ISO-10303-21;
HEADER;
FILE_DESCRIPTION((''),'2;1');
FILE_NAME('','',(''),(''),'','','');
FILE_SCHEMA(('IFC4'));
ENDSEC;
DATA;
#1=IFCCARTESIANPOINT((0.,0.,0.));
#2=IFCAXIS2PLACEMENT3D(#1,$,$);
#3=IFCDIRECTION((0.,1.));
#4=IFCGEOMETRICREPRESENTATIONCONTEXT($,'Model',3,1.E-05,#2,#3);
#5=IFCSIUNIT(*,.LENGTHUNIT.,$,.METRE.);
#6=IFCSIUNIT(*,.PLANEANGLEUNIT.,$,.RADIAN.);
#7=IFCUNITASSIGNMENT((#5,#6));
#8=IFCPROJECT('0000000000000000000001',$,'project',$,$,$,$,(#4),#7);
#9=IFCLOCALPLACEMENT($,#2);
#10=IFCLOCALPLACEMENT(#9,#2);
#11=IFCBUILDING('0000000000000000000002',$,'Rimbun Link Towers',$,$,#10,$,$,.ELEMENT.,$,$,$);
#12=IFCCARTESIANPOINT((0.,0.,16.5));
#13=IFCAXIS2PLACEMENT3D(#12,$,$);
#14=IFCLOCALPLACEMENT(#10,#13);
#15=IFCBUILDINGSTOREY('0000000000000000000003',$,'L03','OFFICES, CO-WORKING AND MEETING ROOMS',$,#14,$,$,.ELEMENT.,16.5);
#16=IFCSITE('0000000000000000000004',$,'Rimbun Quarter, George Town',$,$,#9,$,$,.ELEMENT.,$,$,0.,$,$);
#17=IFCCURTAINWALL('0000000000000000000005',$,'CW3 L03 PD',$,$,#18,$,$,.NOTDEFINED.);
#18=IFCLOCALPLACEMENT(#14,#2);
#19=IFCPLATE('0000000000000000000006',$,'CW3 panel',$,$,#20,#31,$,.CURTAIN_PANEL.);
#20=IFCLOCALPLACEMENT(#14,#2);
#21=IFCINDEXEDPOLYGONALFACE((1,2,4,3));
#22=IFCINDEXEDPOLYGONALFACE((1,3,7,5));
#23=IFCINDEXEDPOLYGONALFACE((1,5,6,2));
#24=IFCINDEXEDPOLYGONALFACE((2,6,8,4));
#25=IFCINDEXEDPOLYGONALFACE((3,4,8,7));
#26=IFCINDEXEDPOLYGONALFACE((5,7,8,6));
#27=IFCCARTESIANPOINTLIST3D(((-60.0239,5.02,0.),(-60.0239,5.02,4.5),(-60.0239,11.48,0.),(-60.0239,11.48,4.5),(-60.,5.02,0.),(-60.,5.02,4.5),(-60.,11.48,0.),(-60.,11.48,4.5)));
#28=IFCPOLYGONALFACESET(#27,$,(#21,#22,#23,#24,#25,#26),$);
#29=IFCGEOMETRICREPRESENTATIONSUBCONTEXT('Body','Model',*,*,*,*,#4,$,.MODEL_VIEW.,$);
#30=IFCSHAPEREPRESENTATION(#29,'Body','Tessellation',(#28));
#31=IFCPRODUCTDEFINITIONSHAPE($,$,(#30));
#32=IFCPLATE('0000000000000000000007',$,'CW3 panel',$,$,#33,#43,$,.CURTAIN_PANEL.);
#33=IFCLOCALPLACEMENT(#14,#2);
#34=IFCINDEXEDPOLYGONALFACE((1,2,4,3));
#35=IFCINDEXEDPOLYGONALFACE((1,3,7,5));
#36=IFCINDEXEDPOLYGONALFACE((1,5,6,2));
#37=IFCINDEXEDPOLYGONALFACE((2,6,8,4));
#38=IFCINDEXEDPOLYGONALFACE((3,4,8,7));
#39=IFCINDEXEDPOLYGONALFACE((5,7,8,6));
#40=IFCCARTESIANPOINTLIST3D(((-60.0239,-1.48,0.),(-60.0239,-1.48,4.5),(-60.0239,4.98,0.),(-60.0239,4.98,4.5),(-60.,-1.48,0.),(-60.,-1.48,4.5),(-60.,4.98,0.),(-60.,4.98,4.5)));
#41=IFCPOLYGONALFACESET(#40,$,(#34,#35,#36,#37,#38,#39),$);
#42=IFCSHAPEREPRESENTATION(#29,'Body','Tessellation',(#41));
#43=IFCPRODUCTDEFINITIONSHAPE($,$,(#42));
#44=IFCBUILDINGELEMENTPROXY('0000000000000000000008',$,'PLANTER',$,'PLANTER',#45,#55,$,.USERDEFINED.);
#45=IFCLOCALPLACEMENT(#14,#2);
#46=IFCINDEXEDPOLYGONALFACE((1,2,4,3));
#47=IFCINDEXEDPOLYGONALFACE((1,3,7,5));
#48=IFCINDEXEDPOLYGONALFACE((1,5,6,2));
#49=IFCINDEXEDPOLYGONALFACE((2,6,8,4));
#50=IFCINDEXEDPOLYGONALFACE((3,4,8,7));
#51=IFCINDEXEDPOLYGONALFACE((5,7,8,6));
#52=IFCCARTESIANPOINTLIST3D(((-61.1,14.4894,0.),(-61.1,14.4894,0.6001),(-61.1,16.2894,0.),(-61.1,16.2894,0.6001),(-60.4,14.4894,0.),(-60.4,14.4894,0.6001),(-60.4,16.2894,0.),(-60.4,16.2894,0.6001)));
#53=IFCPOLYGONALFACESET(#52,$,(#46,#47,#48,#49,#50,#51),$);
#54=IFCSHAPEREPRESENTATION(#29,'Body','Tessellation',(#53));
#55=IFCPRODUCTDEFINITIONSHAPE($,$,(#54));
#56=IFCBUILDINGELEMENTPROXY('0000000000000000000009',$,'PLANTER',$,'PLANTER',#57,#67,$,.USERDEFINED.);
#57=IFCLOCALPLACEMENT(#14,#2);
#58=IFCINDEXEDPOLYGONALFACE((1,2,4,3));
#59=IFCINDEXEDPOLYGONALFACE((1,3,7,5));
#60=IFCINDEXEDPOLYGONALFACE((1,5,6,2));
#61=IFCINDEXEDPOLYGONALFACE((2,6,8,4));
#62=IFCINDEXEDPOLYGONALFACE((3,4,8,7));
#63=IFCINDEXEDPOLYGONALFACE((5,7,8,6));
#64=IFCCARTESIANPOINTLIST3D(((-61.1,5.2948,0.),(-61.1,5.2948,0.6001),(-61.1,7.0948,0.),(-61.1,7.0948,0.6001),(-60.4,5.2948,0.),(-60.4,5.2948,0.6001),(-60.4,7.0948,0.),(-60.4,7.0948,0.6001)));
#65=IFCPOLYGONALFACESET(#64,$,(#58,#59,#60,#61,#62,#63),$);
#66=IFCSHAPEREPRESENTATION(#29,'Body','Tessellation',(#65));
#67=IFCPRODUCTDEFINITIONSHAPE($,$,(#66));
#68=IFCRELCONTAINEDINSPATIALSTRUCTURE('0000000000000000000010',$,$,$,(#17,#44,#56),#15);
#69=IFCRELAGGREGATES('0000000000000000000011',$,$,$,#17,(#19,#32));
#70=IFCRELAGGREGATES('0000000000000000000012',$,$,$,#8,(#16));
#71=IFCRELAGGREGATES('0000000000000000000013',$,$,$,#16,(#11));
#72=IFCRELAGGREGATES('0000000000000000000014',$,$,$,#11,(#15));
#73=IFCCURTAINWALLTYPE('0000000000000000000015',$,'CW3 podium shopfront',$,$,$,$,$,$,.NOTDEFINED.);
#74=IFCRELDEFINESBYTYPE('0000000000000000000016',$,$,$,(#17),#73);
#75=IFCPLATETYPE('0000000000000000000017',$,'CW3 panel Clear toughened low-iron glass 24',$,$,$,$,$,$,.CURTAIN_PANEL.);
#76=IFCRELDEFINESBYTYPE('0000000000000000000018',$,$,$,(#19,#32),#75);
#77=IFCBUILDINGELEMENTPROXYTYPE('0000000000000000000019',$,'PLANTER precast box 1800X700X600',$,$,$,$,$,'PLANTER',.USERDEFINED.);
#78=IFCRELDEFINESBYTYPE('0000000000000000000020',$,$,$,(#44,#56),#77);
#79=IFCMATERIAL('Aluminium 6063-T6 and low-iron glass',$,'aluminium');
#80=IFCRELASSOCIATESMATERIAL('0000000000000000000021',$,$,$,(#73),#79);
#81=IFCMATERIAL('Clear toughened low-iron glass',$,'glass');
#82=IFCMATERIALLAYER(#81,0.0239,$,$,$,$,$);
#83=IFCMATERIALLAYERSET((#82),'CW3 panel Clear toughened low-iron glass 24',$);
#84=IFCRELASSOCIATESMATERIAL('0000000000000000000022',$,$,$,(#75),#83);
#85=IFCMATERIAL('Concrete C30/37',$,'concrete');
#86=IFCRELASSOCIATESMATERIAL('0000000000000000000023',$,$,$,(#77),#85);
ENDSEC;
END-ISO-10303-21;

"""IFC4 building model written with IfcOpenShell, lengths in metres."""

from ifc_helpers import new_model, si_unit, direction, frame, origin, origin_2d, place, context, subcontext, project, spatial, rectangle, extrude, material, layer, layer_set, type_object, element, aggregate, save


model = new_model("IFC4")

# Units and contexts
model_context = context("Model", 3, precision=1e-05, world=origin(), true_north=direction((0.0, 1.0)))
body_context = subcontext(model_context, "Body", "Model", "MODEL_VIEW")
ifc_project = project(units=[si_unit("LENGTHUNIT", "METRE"), si_unit("PLANEANGLEUNIT", "RADIAN")], contexts=[model_context])

# Site, building, storey
site_placement = place(None, origin())
site = spatial("IfcSite", under=ifc_project, at=site_placement, Name="Rimbun Quarter, George Town", CompositionType="ELEMENT", RefElevation=0.0)
building_placement = place(site_placement, origin())
building = spatial("IfcBuilding", under=site, at=building_placement, Name="Rimbun Link Towers", CompositionType="ELEMENT")
storey_placement = place(building_placement, frame((0.0, 0.0, 16.5)))
storey = spatial("IfcBuildingStorey", under=building, at=storey_placement, Name="L03", Description="OFFICES, CO-WORKING AND MEETING ROOMS", CompositionType="ELEMENT", Elevation=16.5)

# Curtain wall
ifc_material_1 = material(Name="Aluminium 6063-T6 and low-iron glass", Category="aluminium")
curtain_wall_type = type_object("IfcCurtainWallType", Name="CW3 podium shopfront", PredefinedType="NOTDEFINED", material=ifc_material_1)
curtain_wall_placement = place(storey_placement, origin())
curtain_wall = element("IfcCurtainWall", 1, at=curtain_wall_placement, inside=storey, type_object=curtain_wall_type, Name="CW3 L03 PD", PredefinedType="NOTDEFINED")

# Plates
ifc_material_2 = material(Name="Clear toughened low-iron glass", Category="glass")
ifc_layer = layer(ifc_material_2, 0.0239)
ifc_layer_set = layer_set([ifc_layer], Name="CW3 panel Clear toughened low-iron glass 24")
plate_type = type_object("IfcPlateType", Name="CW3 panel Clear toughened low-iron glass 24", PredefinedType="CURTAIN_PANEL", material=ifc_layer_set)
plate_1_placement = place(storey_placement, frame((-60.012, 8.25, 0.0), z_axis=(0.0, 0.0, 1.0), x_axis=(0.0, 1.0, 0.0)))
plate_1 = element("IfcPlate", 2, at=plate_1_placement, type_object=plate_type, Name="CW3 panel", PredefinedType="CURTAIN_PANEL", context=body_context, shape_type="SweptSolid", body=[
    extrude(rectangle(XDim=6.46, YDim=0.0239, at=origin_2d()), origin(), (0.0, 0.0, 1.0), 4.5),
])
plate_2_placement = place(storey_placement, frame((-60.012, 1.75, 0.0), z_axis=(0.0, 0.0, 1.0), x_axis=(0.0, 1.0, 0.0)))
plate_2 = element("IfcPlate", 3, at=plate_2_placement, type_object=plate_type, Name="CW3 panel", PredefinedType="CURTAIN_PANEL", context=body_context, shape_type="SweptSolid", body=[
    extrude(rectangle(XDim=6.46, YDim=0.0239, at=origin_2d()), origin(), (0.0, 0.0, 1.0), 4.5),
])
aggregate(curtain_wall, [plate_1, plate_2])

# Building element proxies
ifc_material_3 = material(Name="Concrete C30/37", Category="concrete")
building_element_proxy_type = type_object("IfcBuildingElementProxyType", Name="PLANTER precast box 1800X700X600", ElementType="PLANTER", PredefinedType="USERDEFINED", material=ifc_material_3)
for number, where, z_axis, x_axis, name in (
    (4, (-60.75, 15.3894, 0.0), (0.0, 0.0, 1.0), (0.0, -1.0, 0.0), "PLANTER"),
    (5, (-60.75, 6.1948, 0.0), (0.0, 0.0, 1.0), (0.0, -1.0, 0.0), "PLANTER"),
):
    element("IfcBuildingElementProxy", number, at=place(storey_placement, frame(where, z_axis=z_axis, x_axis=x_axis)), inside=storey, type_object=building_element_proxy_type, Name=name, ObjectType="PLANTER", PredefinedType="USERDEFINED", context=body_context, shape_type="SweptSolid", body=[
        extrude(rectangle(XDim=1.8, YDim=0.7, at=origin_2d()), origin(), (0.0, 0.0, 1.0), 0.6001),
    ])

save(model, "model.ifc")
